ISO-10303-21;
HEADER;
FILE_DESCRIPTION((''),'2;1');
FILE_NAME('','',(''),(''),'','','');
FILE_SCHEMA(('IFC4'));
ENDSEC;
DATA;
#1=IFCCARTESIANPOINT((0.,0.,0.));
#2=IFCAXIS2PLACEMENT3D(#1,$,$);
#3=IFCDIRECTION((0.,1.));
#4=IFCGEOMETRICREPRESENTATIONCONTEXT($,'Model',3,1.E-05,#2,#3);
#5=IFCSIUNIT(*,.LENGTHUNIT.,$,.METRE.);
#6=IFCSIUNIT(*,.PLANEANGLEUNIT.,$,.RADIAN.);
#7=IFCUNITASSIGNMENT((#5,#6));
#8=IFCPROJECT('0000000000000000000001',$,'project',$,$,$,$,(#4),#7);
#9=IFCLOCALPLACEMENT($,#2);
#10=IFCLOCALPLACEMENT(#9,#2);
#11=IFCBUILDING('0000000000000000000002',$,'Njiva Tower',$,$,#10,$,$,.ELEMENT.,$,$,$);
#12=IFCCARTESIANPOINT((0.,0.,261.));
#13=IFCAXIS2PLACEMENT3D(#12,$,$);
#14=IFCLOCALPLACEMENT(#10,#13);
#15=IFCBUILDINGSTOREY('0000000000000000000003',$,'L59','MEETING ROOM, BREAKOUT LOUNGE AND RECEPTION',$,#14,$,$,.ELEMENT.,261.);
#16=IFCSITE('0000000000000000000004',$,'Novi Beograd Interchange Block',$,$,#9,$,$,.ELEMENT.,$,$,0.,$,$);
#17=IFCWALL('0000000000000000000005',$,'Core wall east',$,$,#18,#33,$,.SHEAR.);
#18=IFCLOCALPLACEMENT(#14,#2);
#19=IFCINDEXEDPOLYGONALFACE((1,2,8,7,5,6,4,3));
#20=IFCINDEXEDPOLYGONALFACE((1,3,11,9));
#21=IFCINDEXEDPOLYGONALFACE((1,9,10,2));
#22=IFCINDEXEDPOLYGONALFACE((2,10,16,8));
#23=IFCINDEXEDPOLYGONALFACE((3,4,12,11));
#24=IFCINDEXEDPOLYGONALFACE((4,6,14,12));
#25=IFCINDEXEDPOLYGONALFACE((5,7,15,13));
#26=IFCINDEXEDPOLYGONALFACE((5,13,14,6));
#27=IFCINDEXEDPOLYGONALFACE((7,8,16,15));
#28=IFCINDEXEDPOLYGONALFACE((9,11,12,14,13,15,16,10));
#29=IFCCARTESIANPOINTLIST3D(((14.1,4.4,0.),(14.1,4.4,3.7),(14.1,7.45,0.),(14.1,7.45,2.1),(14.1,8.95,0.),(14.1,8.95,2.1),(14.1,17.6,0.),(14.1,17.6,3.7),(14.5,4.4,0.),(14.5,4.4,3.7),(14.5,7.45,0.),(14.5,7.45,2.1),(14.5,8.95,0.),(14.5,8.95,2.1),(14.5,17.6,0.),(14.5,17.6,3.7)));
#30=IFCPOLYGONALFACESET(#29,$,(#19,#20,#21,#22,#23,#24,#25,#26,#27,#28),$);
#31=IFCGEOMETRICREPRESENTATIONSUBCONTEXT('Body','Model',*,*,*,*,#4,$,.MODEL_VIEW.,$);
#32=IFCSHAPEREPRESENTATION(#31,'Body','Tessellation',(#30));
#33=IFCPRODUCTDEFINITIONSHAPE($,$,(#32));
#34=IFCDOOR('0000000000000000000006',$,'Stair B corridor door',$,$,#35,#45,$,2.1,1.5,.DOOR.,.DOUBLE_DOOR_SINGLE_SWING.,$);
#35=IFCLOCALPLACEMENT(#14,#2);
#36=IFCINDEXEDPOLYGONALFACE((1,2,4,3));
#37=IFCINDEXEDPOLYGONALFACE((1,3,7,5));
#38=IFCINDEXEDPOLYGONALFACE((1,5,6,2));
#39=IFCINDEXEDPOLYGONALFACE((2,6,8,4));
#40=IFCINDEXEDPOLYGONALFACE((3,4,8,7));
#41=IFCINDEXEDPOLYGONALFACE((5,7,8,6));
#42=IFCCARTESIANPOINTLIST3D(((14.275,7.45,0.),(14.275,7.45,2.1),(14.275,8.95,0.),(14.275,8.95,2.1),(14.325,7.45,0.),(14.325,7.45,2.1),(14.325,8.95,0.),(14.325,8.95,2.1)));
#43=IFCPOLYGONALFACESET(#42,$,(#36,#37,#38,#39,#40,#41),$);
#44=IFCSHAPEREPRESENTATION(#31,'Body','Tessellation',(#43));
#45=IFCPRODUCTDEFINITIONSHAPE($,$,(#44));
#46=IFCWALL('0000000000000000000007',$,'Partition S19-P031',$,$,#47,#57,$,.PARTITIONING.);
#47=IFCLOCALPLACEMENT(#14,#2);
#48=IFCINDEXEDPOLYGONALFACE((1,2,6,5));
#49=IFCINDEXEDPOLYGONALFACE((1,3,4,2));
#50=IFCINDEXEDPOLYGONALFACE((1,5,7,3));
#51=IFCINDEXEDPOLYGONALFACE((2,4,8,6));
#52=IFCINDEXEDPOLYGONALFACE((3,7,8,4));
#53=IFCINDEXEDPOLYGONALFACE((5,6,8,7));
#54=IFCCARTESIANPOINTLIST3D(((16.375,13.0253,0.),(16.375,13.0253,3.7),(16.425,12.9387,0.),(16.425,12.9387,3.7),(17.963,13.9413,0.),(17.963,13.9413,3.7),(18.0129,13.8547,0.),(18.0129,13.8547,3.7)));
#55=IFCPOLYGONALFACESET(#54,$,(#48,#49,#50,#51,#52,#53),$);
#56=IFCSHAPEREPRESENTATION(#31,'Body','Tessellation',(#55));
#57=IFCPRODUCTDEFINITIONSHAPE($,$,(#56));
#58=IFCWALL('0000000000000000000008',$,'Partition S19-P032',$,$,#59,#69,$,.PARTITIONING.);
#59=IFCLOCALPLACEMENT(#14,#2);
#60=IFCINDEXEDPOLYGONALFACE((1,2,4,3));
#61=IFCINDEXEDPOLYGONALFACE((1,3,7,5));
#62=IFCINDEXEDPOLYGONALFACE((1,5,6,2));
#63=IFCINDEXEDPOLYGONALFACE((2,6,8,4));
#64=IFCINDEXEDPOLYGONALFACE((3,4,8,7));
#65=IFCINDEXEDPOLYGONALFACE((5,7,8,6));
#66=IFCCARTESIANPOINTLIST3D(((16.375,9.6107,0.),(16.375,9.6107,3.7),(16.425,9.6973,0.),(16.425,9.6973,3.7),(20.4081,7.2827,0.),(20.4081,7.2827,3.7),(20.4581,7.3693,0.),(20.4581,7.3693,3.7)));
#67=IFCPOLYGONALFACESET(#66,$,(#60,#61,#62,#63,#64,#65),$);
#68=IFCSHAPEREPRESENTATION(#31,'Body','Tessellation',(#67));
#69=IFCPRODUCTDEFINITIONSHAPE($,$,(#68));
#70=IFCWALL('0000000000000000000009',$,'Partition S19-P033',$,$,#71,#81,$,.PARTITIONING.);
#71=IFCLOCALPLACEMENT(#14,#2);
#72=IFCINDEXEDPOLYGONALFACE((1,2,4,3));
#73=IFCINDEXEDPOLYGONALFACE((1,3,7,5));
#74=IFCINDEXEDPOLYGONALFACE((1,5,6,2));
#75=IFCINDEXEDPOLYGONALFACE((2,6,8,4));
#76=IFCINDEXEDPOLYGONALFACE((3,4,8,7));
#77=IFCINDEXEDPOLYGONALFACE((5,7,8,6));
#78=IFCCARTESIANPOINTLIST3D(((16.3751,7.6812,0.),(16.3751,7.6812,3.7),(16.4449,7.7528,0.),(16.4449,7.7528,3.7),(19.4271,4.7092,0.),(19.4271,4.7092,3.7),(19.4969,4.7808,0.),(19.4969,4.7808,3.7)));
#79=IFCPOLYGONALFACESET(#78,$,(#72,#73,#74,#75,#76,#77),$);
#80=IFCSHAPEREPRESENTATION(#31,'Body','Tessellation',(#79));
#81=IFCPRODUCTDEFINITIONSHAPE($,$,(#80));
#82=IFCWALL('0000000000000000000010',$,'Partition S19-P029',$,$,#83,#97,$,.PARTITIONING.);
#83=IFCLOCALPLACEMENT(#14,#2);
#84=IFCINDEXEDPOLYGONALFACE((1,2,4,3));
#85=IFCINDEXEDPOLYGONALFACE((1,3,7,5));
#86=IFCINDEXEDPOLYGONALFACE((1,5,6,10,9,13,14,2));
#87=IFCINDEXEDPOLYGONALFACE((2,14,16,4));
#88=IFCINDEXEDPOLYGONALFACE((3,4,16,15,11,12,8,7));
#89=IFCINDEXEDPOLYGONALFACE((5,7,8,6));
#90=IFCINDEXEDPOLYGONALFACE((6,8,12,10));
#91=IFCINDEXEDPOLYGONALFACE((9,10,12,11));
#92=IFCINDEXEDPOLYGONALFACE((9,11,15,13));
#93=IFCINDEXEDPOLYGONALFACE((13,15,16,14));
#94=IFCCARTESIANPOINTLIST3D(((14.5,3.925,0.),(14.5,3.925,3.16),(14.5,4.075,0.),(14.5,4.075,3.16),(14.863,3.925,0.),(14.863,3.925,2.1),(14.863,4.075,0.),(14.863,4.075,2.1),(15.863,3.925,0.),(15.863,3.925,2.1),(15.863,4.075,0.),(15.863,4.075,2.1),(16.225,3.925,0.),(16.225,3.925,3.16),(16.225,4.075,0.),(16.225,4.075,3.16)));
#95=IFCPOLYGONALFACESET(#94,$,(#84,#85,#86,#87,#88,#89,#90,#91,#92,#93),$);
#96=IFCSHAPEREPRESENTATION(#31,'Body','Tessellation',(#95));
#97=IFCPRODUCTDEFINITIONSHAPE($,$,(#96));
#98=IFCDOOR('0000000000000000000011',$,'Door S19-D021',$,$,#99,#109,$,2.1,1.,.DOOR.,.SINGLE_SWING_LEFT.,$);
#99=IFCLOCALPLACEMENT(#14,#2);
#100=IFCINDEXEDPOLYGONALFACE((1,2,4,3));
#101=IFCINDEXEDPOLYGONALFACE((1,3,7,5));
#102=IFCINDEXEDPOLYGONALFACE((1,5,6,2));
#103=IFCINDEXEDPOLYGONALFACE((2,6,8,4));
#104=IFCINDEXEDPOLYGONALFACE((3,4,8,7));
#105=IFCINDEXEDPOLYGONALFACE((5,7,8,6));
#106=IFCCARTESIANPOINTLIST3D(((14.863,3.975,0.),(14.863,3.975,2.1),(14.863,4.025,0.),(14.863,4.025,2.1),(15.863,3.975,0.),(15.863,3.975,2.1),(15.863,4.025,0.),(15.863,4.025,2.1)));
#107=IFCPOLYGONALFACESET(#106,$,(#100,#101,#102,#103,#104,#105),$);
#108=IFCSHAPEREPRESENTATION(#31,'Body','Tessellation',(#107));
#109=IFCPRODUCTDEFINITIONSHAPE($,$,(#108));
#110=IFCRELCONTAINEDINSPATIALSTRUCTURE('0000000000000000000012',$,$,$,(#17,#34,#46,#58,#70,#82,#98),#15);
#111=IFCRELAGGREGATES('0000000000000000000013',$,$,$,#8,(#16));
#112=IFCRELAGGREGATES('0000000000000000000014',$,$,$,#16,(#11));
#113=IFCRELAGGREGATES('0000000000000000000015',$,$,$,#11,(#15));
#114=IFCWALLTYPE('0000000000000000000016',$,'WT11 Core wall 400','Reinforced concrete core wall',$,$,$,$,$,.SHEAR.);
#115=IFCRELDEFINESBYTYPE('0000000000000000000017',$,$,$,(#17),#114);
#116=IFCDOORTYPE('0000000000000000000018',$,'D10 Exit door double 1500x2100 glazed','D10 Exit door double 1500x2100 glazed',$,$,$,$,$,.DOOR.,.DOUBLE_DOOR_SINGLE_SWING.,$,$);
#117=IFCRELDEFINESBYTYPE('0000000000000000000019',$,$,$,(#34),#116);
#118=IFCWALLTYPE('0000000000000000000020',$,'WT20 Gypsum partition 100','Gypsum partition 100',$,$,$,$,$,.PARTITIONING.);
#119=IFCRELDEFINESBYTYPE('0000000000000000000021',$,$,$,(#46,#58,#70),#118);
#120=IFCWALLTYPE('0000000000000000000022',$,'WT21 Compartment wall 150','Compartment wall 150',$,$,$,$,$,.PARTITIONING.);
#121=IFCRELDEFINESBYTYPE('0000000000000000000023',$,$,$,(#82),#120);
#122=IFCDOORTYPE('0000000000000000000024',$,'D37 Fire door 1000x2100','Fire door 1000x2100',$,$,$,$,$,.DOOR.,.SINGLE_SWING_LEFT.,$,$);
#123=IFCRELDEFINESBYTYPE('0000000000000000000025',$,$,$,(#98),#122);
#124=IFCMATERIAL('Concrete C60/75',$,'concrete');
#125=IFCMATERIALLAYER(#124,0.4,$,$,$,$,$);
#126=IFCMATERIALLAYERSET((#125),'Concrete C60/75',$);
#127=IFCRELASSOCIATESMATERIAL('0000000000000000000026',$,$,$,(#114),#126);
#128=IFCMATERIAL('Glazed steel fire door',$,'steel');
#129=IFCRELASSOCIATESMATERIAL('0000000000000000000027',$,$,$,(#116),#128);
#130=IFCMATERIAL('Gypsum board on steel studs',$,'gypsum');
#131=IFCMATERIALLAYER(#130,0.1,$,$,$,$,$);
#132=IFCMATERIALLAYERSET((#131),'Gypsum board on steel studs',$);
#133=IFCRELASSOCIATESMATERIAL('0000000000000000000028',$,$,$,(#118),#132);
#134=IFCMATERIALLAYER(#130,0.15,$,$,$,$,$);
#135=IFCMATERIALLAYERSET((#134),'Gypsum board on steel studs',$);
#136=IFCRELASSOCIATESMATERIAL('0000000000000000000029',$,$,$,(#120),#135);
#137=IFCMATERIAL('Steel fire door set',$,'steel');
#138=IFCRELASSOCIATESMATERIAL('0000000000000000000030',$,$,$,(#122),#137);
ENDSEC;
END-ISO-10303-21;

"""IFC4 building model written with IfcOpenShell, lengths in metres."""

from ifc_helpers import new_model, si_unit, direction, frame, frame_2d, origin, place, context, subcontext, project, spatial, rectangle, extrude, material, layer, layer_set, type_object, element, fill, save


model = new_model("IFC4")

# Units and contexts
model_context = context("Model", 3, precision=1e-05, world=origin(), true_north=direction((0.0, 1.0)))
body_context = subcontext(model_context, "Body", "Model", "MODEL_VIEW")
ifc_project = project(units=[si_unit("LENGTHUNIT", "METRE"), si_unit("PLANEANGLEUNIT", "RADIAN")], contexts=[model_context])

# Site, building, storey
site_placement = place(None, origin())
site = spatial("IfcSite", under=ifc_project, at=site_placement, Name="Novi Beograd Interchange Block", CompositionType="ELEMENT", RefElevation=0.0)
building_placement = place(site_placement, origin())
building = spatial("IfcBuilding", under=site, at=building_placement, Name="Njiva Tower", CompositionType="ELEMENT")
storey_placement = place(building_placement, frame((0.0, 0.0, 261.0)))
storey = spatial("IfcBuildingStorey", under=building, at=storey_placement, Name="L59", Description="MEETING ROOM, BREAKOUT LOUNGE AND RECEPTION", CompositionType="ELEMENT", Elevation=261.0)

# Wall, opening, door
ifc_material_1 = material(Name="Concrete C60/75", Category="concrete")
ifc_layer_1 = layer(ifc_material_1, 0.4)
ifc_layer_set_1 = layer_set([ifc_layer_1], Name="Concrete C60/75")
wall_type_1 = type_object("IfcWallType", Name="WT11 Core wall 400", Description="Reinforced concrete core wall", PredefinedType="SHEAR", material=ifc_layer_set_1)
wall_1_placement = place(storey_placement, frame((14.3, 4.4, 0.0), z_axis=(0.0, 0.0, 1.0), x_axis=(0.0, 1.0, 0.0)))
wall_1 = element("IfcWall", 1, at=wall_1_placement, inside=storey, type_object=wall_type_1, Name="Core wall east", PredefinedType="SHEAR", context=body_context, shape_type="SweptSolid", body=[
    extrude(rectangle(XDim=13.2, YDim=0.4, at=frame_2d((6.6, 0.0))), origin(), (0.0, 0.0, 1.0), 3.7),
])
opening_1_placement = place(wall_1_placement, frame((3.05, 0.0, 0.0)))
opening_1 = element("IfcOpeningElement", 2, at=opening_1_placement, cuts=wall_1, PredefinedType="OPENING", context=body_context, shape_type="SweptSolid", body=[
    extrude(rectangle(XDim=1.5, YDim=2.1, at=frame_2d((0.75, 1.05))), frame((0.0, 0.21, 0.0), z_axis=(0.0, -1.0, 0.0), x_axis=(1.0, 0.0, 0.0)), (0.0, 0.0, 1.0), 0.42),
])
ifc_material_2 = material(Name="Glazed steel fire door", Category="steel")
door_type_1 = type_object("IfcDoorType", Name="D10 Exit door double 1500x2100 glazed", Description="D10 Exit door double 1500x2100 glazed", OperationType="DOUBLE_DOOR_SINGLE_SWING", PredefinedType="DOOR", material=ifc_material_2)
door_1_placement = place(opening_1_placement, origin())
door_1 = element("IfcDoor", 3, at=door_1_placement, inside=storey, type_object=door_type_1, Name="Stair B corridor door", OperationType="DOUBLE_DOOR_SINGLE_SWING", OverallHeight=2.1, OverallWidth=1.5, PredefinedType="DOOR", context=body_context, shape_type="SweptSolid", body=[
    extrude(rectangle(XDim=1.5, YDim=2.1, at=frame_2d((0.75, 1.05))), frame((0.0, 0.025, 0.0), z_axis=(0.0, -1.0, 0.0), x_axis=(1.0, 0.0, 0.0)), (0.0, 0.0, 1.0), 0.05),
])
fill(opening_1, door_1)

# Walls
ifc_material_3 = material(Name="Gypsum board on steel studs", Category="gypsum")
ifc_layer_2 = layer(ifc_material_3, 0.1)
ifc_layer_set_2 = layer_set([ifc_layer_2], Name="Gypsum board on steel studs")
wall_type_2 = type_object("IfcWallType", Name="WT20 Gypsum partition 100", Description="Gypsum partition 100", PredefinedType="PARTITIONING", material=ifc_layer_set_2)
wall_2_placement = place(storey_placement, frame((16.4, 12.982, 0.0), z_axis=(0.0, 0.0, 1.0), x_axis=(0.866222, 0.499659, 0.0)))
element("IfcWall", 4, at=wall_2_placement, inside=storey, type_object=wall_type_2, Name="Partition S19-P031", PredefinedType="PARTITIONING", context=body_context, shape_type="SweptSolid", body=[
    extrude(rectangle(XDim=1.8332, YDim=0.1, at=frame_2d((0.9166, 0.0))), origin(), (0.0, 0.0, 1.0), 3.7),
])
wall_3_placement = place(storey_placement, frame((16.4, 9.654, 0.0), z_axis=(0.0, 0.0, 1.0), x_axis=(0.866068, -0.499927, 0.0)))
element("IfcWall", 5, at=wall_3_placement, inside=storey, type_object=wall_type_2, Name="Partition S19-P032", PredefinedType="PARTITIONING", context=body_context, shape_type="SweptSolid", body=[
    extrude(rectangle(XDim=4.6567, YDim=0.1, at=frame_2d((2.3284, 0.0))), origin(), (0.0, 0.0, 1.0), 3.7),
])
wall_4_placement = place(storey_placement, frame((16.41, 7.717, 0.0), z_axis=(0.0, 0.0, 1.0), x_axis=(0.716434, -0.697655, 0.0)))
element("IfcWall", 6, at=wall_4_placement, inside=storey, type_object=wall_type_2, Name="Partition S19-P033", PredefinedType="PARTITIONING", context=body_context, shape_type="SweptSolid", body=[
    extrude(rectangle(XDim=4.26, YDim=0.1, at=frame_2d((2.13, 0.0))), origin(), (0.0, 0.0, 1.0), 3.7),
])

# Wall, opening, door
ifc_layer_3 = layer(ifc_material_3, 0.15)
ifc_layer_set_3 = layer_set([ifc_layer_3], Name="Gypsum board on steel studs")
wall_type_3 = type_object("IfcWallType", Name="WT21 Compartment wall 150", Description="Compartment wall 150", PredefinedType="PARTITIONING", material=ifc_layer_set_3)
wall_5_placement = place(storey_placement, frame((14.5, 4.0, 0.0), z_axis=(0.0, 0.0, 1.0), x_axis=(1.0, 0.0, 0.0)))
wall_5 = element("IfcWall", 7, at=wall_5_placement, inside=storey, type_object=wall_type_3, Name="Partition S19-P029", PredefinedType="PARTITIONING", context=body_context, shape_type="SweptSolid", body=[
    extrude(rectangle(XDim=1.725, YDim=0.15, at=frame_2d((0.8625, 0.0))), origin(), (0.0, 0.0, 1.0), 3.16),
])
opening_2_placement = place(wall_5_placement, frame((0.363, 0.0, 0.0)))
opening_2 = element("IfcOpeningElement", 8, at=opening_2_placement, cuts=wall_5, PredefinedType="OPENING", context=body_context, shape_type="SweptSolid", body=[
    extrude(rectangle(XDim=1.0, YDim=2.1, at=frame_2d((0.5, 1.05))), frame((0.0, 0.085, 0.0), z_axis=(0.0, -1.0, 0.0), x_axis=(1.0, 0.0, 0.0)), (0.0, 0.0, 1.0), 0.17),
])
ifc_material_4 = material(Name="Steel fire door set", Category="steel")
door_type_2 = type_object("IfcDoorType", Name="D37 Fire door 1000x2100", Description="Fire door 1000x2100", OperationType="SINGLE_SWING_LEFT", PredefinedType="DOOR", material=ifc_material_4)
door_2_placement = place(opening_2_placement, origin())
door_2 = element("IfcDoor", 9, at=door_2_placement, inside=storey, type_object=door_type_2, Name="Door S19-D021", OperationType="SINGLE_SWING_LEFT", OverallHeight=2.1, OverallWidth=1.0, PredefinedType="DOOR", context=body_context, shape_type="SweptSolid", body=[
    extrude(rectangle(XDim=1.0, YDim=2.1, at=frame_2d((0.5, 1.05))), frame((0.0, 0.025, 0.0), z_axis=(0.0, -1.0, 0.0), x_axis=(1.0, 0.0, 0.0)), (0.0, 0.0, 1.0), 0.05),
])
fill(opening_2, door_2)

save(model, "model.ifc")
